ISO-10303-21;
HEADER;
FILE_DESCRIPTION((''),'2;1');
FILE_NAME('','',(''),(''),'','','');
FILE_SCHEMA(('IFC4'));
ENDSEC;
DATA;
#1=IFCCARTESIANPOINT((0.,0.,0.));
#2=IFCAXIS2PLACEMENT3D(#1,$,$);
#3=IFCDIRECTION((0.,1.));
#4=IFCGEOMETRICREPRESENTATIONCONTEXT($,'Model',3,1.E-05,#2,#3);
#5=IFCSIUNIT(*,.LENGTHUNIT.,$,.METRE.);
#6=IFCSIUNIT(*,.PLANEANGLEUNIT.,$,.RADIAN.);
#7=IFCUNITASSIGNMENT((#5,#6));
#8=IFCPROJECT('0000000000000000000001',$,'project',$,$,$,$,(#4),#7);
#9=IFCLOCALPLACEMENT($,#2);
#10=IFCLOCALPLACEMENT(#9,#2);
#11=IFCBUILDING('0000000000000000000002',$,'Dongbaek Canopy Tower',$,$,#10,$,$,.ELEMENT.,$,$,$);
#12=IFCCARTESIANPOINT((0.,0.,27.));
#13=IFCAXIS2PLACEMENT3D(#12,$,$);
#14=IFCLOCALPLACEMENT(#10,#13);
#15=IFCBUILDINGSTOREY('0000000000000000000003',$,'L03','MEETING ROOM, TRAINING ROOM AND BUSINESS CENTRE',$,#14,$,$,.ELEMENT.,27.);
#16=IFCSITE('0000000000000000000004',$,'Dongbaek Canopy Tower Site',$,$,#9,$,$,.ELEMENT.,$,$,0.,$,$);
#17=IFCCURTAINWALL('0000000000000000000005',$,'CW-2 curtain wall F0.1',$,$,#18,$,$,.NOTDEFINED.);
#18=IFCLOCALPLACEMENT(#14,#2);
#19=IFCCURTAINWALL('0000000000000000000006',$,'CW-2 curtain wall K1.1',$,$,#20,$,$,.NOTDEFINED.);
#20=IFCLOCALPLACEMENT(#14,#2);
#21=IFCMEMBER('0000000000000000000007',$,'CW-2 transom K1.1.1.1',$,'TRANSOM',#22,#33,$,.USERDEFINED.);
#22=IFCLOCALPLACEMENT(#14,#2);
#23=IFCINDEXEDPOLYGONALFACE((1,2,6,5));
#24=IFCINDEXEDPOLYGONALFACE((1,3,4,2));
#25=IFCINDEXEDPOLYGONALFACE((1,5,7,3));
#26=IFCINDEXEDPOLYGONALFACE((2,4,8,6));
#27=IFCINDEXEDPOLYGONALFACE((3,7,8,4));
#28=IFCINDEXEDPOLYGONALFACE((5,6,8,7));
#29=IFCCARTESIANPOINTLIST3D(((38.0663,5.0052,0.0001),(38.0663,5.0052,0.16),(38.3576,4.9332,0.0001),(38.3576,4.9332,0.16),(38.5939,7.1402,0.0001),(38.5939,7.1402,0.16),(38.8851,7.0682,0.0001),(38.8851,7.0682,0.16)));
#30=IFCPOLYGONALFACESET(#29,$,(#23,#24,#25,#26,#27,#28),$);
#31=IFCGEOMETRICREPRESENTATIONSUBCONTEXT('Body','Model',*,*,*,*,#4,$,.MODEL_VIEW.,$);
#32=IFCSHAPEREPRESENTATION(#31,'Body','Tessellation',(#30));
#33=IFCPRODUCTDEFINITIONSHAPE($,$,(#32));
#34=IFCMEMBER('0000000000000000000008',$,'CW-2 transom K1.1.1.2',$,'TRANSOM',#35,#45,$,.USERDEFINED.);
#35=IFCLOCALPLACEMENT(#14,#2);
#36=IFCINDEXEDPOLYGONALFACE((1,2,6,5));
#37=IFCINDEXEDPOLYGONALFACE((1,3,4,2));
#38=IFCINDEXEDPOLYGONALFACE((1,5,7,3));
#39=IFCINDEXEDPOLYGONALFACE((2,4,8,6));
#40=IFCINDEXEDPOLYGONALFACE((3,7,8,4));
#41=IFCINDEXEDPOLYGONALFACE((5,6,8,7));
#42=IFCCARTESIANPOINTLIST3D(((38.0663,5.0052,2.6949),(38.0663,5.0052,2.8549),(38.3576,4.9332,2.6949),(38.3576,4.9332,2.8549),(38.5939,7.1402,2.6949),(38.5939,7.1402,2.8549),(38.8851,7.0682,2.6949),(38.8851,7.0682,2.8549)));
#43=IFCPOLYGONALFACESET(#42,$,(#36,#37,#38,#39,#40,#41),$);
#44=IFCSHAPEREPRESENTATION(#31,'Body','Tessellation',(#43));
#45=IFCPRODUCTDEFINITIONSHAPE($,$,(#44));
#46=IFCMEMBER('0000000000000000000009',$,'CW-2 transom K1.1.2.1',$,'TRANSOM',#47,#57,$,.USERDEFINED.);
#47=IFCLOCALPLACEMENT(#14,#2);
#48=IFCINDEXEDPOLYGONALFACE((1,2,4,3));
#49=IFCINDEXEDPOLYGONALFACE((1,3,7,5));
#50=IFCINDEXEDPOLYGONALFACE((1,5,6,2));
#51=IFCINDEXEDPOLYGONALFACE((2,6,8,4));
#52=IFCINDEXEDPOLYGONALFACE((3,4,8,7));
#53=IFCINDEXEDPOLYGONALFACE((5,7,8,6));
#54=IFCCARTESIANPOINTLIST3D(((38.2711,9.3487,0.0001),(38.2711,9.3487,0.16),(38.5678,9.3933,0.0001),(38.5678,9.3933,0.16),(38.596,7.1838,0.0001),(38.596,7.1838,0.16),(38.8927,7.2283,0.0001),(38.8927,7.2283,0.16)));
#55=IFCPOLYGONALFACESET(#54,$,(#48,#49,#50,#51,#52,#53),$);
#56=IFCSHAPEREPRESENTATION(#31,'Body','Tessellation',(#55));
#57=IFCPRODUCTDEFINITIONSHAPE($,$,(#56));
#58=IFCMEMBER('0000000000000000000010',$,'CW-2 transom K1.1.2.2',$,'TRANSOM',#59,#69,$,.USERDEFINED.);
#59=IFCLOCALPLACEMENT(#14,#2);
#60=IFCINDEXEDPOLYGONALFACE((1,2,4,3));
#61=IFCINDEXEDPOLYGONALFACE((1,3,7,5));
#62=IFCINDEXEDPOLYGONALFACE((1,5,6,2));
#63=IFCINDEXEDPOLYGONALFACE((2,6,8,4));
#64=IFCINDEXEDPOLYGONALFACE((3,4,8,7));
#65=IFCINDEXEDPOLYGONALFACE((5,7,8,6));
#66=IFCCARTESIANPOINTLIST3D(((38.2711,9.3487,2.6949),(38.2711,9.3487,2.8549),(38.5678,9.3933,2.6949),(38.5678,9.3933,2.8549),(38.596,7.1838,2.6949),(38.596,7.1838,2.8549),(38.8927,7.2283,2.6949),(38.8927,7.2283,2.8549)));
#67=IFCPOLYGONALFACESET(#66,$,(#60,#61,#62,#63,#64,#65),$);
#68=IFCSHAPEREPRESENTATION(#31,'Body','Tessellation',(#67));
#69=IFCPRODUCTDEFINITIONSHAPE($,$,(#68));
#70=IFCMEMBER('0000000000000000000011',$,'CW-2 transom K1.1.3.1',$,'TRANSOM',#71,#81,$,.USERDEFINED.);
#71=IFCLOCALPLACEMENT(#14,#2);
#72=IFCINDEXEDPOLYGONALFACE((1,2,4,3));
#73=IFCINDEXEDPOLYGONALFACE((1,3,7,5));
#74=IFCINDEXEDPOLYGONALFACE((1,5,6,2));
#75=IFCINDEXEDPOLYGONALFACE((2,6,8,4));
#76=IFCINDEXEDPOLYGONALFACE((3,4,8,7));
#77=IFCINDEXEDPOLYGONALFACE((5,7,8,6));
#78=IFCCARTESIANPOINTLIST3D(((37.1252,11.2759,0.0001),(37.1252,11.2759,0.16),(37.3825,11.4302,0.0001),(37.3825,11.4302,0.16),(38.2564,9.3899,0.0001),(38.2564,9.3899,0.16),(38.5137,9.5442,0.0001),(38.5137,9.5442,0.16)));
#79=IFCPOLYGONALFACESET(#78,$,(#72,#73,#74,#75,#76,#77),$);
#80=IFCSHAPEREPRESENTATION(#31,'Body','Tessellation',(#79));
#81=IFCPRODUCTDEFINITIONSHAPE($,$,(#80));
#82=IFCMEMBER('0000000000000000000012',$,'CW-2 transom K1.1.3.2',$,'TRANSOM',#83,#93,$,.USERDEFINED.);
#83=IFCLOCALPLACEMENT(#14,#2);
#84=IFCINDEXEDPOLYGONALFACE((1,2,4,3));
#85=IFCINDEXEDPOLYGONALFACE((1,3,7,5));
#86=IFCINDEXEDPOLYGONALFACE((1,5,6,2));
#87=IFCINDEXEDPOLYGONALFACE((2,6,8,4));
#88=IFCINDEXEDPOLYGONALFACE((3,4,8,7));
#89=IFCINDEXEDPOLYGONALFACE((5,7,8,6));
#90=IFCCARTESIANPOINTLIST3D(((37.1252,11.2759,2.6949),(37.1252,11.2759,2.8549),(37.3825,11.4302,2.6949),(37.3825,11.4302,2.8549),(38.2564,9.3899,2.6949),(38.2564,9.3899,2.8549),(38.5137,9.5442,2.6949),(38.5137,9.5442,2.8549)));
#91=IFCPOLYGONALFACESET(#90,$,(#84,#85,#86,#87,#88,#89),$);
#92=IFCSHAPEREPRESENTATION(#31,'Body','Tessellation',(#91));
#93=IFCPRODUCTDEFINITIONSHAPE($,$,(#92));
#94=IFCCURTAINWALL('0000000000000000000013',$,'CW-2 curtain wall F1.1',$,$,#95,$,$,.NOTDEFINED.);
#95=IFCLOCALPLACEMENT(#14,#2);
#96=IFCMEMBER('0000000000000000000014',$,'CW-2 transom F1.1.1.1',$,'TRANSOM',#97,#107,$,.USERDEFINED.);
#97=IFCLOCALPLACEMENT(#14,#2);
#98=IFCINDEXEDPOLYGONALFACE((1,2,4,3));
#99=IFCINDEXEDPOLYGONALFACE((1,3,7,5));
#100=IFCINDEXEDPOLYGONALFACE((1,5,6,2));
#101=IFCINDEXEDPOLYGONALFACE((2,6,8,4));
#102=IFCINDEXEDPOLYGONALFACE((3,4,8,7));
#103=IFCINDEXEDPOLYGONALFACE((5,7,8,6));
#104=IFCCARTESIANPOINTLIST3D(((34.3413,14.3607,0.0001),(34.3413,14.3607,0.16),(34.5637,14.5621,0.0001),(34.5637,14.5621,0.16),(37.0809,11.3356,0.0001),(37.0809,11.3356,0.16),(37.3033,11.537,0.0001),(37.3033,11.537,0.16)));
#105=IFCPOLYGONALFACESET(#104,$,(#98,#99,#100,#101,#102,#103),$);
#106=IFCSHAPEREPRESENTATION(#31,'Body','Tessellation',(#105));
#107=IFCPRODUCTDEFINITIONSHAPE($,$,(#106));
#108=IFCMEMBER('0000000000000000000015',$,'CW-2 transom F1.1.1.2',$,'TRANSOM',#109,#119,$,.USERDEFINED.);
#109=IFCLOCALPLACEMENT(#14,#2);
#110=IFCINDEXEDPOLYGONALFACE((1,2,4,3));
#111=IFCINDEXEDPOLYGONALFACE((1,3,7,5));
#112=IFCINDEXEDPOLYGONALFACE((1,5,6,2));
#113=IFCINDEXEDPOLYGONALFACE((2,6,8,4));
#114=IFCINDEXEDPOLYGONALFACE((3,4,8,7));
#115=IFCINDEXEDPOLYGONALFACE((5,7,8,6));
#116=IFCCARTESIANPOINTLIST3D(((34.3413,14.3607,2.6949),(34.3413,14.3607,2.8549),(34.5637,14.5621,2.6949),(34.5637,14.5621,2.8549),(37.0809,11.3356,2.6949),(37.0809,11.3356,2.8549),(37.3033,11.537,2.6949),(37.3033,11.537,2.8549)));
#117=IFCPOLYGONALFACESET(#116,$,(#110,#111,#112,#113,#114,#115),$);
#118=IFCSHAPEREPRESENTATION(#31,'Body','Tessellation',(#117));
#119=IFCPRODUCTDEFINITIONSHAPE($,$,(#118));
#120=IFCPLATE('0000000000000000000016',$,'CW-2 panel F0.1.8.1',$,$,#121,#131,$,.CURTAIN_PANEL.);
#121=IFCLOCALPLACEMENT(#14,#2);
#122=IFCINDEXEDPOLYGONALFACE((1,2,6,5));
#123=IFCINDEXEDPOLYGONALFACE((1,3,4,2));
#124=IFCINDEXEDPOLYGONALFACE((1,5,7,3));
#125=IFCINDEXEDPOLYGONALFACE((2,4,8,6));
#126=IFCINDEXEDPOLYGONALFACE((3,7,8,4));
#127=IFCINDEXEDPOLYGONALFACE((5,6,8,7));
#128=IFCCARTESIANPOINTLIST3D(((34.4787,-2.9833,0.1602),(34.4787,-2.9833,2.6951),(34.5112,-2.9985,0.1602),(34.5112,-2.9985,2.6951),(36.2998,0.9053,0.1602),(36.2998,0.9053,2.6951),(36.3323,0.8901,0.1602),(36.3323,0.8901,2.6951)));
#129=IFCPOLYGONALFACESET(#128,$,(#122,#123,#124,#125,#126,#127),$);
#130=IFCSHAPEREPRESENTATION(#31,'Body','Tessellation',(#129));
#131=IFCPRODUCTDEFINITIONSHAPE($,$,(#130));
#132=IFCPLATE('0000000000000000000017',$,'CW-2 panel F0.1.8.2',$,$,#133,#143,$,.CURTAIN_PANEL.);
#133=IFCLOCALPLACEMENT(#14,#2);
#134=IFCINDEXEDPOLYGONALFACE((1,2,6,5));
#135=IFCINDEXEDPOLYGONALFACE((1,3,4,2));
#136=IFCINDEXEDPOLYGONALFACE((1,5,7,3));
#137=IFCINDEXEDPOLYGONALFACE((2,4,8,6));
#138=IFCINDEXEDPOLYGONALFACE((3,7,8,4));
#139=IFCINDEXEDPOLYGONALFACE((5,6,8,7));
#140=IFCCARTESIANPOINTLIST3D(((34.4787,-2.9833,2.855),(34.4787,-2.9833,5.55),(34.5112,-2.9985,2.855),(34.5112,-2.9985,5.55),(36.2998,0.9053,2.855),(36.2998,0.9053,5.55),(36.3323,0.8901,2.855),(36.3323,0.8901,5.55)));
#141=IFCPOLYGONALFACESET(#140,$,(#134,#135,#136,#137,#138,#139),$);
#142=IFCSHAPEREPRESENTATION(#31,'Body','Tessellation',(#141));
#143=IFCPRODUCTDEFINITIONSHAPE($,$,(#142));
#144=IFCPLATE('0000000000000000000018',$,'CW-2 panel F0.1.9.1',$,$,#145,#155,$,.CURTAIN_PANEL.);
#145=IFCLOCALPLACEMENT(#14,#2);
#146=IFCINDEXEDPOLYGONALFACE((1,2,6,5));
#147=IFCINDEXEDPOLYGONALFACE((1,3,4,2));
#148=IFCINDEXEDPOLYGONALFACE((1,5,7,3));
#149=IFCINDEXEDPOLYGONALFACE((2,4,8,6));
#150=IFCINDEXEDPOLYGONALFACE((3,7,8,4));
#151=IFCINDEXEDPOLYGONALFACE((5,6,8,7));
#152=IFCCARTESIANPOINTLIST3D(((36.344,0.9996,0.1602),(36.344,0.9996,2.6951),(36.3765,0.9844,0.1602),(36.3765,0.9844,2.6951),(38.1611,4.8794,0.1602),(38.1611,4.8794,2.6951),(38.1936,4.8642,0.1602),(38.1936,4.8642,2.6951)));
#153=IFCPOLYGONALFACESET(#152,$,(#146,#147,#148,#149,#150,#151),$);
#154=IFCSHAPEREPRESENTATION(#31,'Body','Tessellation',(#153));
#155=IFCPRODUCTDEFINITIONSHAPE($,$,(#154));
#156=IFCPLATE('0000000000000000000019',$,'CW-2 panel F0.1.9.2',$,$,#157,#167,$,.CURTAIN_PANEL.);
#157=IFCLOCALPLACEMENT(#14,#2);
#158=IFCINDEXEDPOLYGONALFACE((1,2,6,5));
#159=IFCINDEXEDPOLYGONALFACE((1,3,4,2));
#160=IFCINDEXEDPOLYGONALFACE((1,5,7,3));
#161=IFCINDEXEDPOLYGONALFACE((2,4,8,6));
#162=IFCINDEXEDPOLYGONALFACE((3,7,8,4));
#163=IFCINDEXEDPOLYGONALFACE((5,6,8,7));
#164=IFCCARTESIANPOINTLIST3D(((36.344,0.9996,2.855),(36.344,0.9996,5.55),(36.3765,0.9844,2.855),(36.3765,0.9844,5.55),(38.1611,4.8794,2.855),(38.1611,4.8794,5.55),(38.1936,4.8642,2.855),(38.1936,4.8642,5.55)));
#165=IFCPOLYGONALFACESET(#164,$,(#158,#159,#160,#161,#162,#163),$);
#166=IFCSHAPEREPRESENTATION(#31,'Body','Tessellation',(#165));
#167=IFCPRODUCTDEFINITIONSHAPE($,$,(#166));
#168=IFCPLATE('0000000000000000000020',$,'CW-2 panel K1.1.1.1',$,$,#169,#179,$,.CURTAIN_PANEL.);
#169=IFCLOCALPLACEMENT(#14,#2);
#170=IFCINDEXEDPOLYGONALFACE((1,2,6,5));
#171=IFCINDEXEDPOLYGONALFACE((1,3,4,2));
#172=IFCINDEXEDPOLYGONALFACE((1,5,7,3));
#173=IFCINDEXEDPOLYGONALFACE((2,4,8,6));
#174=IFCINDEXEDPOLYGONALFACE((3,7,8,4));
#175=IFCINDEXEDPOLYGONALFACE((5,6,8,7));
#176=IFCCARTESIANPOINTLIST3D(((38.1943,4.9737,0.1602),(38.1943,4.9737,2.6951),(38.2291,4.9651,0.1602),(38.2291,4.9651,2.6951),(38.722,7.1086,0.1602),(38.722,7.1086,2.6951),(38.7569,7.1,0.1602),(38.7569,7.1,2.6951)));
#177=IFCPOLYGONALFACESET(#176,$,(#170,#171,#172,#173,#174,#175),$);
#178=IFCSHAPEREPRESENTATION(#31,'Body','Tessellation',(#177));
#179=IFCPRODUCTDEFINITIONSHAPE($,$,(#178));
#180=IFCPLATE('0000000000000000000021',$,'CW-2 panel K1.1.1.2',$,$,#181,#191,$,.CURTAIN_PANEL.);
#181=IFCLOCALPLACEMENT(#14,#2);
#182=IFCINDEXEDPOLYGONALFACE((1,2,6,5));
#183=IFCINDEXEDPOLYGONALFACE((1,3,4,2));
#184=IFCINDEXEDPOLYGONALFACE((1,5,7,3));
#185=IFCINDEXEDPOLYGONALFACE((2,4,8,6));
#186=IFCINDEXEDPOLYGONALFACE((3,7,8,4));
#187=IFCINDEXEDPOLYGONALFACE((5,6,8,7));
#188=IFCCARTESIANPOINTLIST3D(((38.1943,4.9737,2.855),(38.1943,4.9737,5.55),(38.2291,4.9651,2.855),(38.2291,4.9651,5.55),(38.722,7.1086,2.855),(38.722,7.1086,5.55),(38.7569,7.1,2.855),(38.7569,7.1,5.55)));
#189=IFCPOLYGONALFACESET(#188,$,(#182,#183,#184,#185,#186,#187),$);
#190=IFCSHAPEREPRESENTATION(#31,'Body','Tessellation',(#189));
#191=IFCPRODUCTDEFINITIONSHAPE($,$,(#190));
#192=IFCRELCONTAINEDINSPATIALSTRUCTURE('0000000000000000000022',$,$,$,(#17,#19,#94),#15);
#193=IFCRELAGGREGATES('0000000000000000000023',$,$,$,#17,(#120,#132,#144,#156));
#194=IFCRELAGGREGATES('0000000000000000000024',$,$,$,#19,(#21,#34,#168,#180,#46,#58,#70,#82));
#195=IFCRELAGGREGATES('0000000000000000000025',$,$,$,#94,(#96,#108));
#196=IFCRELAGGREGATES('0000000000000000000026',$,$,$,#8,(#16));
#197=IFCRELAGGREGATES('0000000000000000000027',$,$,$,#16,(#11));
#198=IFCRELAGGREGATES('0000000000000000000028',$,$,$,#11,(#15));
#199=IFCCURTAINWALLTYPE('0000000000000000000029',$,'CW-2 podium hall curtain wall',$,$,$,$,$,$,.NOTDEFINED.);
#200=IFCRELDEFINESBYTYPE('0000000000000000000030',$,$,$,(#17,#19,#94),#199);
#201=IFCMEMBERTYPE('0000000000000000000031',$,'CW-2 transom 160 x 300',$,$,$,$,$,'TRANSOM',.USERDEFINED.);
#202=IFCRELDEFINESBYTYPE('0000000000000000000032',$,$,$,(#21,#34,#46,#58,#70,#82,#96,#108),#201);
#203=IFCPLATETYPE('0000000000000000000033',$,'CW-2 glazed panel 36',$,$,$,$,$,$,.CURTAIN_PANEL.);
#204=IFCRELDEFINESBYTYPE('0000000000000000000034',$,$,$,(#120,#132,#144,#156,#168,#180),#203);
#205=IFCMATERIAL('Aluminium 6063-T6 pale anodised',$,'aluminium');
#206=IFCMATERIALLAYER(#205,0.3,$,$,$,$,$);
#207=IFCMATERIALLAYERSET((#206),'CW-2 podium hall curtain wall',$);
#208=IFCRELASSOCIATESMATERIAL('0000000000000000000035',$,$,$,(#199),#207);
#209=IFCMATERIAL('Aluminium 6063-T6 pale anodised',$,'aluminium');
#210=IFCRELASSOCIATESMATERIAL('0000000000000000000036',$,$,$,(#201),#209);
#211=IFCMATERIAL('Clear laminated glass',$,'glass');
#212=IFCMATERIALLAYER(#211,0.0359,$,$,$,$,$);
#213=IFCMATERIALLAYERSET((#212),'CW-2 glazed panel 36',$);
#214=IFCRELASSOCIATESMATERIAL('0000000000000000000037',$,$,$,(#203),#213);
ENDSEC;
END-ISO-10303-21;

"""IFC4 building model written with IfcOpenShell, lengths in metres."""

from ifc_helpers import new_model, si_unit, direction, frame, origin, origin_2d, place, context, subcontext, project, spatial, rectangle, extrude, material, layer, layer_set, material_profile, profile_set, type_object, element, aggregate, save


model = new_model("IFC4")

# Units and contexts
model_context = context("Model", 3, precision=1e-05, world=origin(), true_north=direction((0.0, 1.0)))
body_context = subcontext(model_context, "Body", "Model", "MODEL_VIEW")
ifc_project = project(units=[si_unit("LENGTHUNIT", "METRE"), si_unit("PLANEANGLEUNIT", "RADIAN")], contexts=[model_context])

# Site, building, storey
site_placement = place(None, origin())
site = spatial("IfcSite", under=ifc_project, at=site_placement, Name="Dongbaek Canopy Tower Site", CompositionType="ELEMENT", RefElevation=0.0)
building_placement = place(site_placement, origin())
building = spatial("IfcBuilding", under=site, at=building_placement, Name="Dongbaek Canopy Tower", CompositionType="ELEMENT")
storey_placement = place(building_placement, frame((0.0, 0.0, 27.0)))
storey = spatial("IfcBuildingStorey", under=building, at=storey_placement, Name="L03", Description="MEETING ROOM, TRAINING ROOM AND BUSINESS CENTRE", CompositionType="ELEMENT", Elevation=27.0)

# Curtain walls
ifc_material_1 = material(Name="Aluminium 6063-T6 pale anodised", Category="aluminium")
ifc_layer_1 = layer(ifc_material_1, 0.3)
ifc_layer_set_1 = layer_set([ifc_layer_1], Name="CW-2 podium hall curtain wall")
curtain_wall_type = type_object("IfcCurtainWallType", Name="CW-2 podium hall curtain wall", PredefinedType="NOTDEFINED", material=ifc_layer_set_1)
curtain_wall_1_placement = place(storey_placement, origin())
curtain_wall_1 = element("IfcCurtainWall", 1, at=curtain_wall_1_placement, inside=storey, type_object=curtain_wall_type, Name="CW-2 curtain wall F0.1", PredefinedType="NOTDEFINED")
curtain_wall_2_placement = place(storey_placement, origin())
curtain_wall_2 = element("IfcCurtainWall", 2, at=curtain_wall_2_placement, inside=storey, type_object=curtain_wall_type, Name="CW-2 curtain wall K1.1", PredefinedType="NOTDEFINED")

# Members
ifc_material_2 = material(Name="Aluminium 6063-T6 pale anodised", Category="aluminium")
ifc_material_profile_1 = material_profile(ifc_material_2, rectangle(XDim=0.3, YDim=0.1599, at=origin_2d()), Name="CW-2 transom 160 x 300")
ifc_profile_set_1 = profile_set([ifc_material_profile_1], Name="Aluminium 6063-T6 pale anodised")
member_type_1 = type_object("IfcMemberType", Name="CW-2 transom 160 x 300", ElementType="TRANSOM", PredefinedType="USERDEFINED", material=ifc_profile_set_1)
member_1_placement = place(storey_placement, frame((38.2119, 4.9692, 0.0801), z_axis=(0.239897, 0.970798, 0.0), x_axis=(-0.970798, 0.239897, 0.0)))
member_1 = element("IfcMember", 3, at=member_1_placement, type_object=member_type_1, Name="CW-2 transom K1.1.1.1", ObjectType="TRANSOM", PredefinedType="USERDEFINED", context=body_context, shape_type="SweptSolid", body=[
    extrude(rectangle(XDim=0.3, YDim=0.1599, at=origin_2d()), origin(), (0.0, 0.0, 1.0), 2.1992),
])
member_2_placement = place(storey_placement, frame((38.2119, 4.9692, 2.7749), z_axis=(0.239897, 0.970798, 0.0), x_axis=(-0.970798, 0.239897, 0.0)))
member_2 = element("IfcMember", 4, at=member_2_placement, type_object=member_type_1, Name="CW-2 transom K1.1.1.2", ObjectType="TRANSOM", PredefinedType="USERDEFINED", context=body_context, shape_type="SweptSolid", body=[
    extrude(rectangle(XDim=0.3, YDim=0.1599, at=origin_2d()), origin(), (0.0, 0.0, 1.0), 2.1992),
])
member_3_placement = place(storey_placement, frame((38.7444, 7.2061, 0.0801), z_axis=(-0.148428, 0.988923, 0.0), x_axis=(-0.988923, -0.148428, 0.0)))
member_3 = element("IfcMember", 5, at=member_3_placement, type_object=member_type_1, Name="CW-2 transom K1.1.2.1", ObjectType="TRANSOM", PredefinedType="USERDEFINED", context=body_context, shape_type="SweptSolid", body=[
    extrude(rectangle(XDim=0.3, YDim=0.1599, at=origin_2d()), origin(), (0.0, 0.0, 1.0), 2.1892),
])
member_4_placement = place(storey_placement, frame((38.7444, 7.2061, 2.7749), z_axis=(-0.148428, 0.988923, 0.0), x_axis=(-0.988923, -0.148428, 0.0)))
member_4 = element("IfcMember", 6, at=member_4_placement, type_object=member_type_1, Name="CW-2 transom K1.1.2.2", ObjectType="TRANSOM", PredefinedType="USERDEFINED", context=body_context, shape_type="SweptSolid", body=[
    extrude(rectangle(XDim=0.3, YDim=0.1599, at=origin_2d()), origin(), (0.0, 0.0, 1.0), 2.1892),
])
member_5_placement = place(storey_placement, frame((38.385, 9.467, 0.0801), z_axis=(-0.514332, 0.857591, 0.0), x_axis=(-0.857591, -0.514332, 0.0)))
member_5 = element("IfcMember", 7, at=member_5_placement, type_object=member_type_1, Name="CW-2 transom K1.1.3.1", ObjectType="TRANSOM", PredefinedType="USERDEFINED", context=body_context, shape_type="SweptSolid", body=[
    extrude(rectangle(XDim=0.3, YDim=0.1599, at=origin_2d()), origin(), (0.0, 0.0, 1.0), 2.1992),
])
member_6_placement = place(storey_placement, frame((38.385, 9.467, 2.7749), z_axis=(-0.514332, 0.857591, 0.0), x_axis=(-0.857591, -0.514332, 0.0)))
member_6 = element("IfcMember", 8, at=member_6_placement, type_object=member_type_1, Name="CW-2 transom K1.1.3.2", ObjectType="TRANSOM", PredefinedType="USERDEFINED", context=body_context, shape_type="SweptSolid", body=[
    extrude(rectangle(XDim=0.3, YDim=0.1599, at=origin_2d()), origin(), (0.0, 0.0, 1.0), 2.1992),
])

# Curtain wall, members
curtain_wall_3_placement = place(storey_placement, origin())
curtain_wall_3 = element("IfcCurtainWall", 9, at=curtain_wall_3_placement, inside=storey, type_object=curtain_wall_type, Name="CW-2 curtain wall F1.1", PredefinedType="NOTDEFINED")
member_7_placement = place(storey_placement, frame((37.1921, 11.4363, 0.0801), z_axis=(-0.671278, 0.741205, 0.0), x_axis=(-0.741205, -0.671278, 0.0)))
member_7 = element("IfcMember", 10, at=member_7_placement, type_object=member_type_1, Name="CW-2 transom F1.1.1.1", ObjectType="TRANSOM", PredefinedType="USERDEFINED", context=body_context, shape_type="SweptSolid", body=[
    extrude(rectangle(XDim=0.3, YDim=0.1599, at=origin_2d()), origin(), (0.0, 0.0, 1.0), 4.0813),
])
member_8_placement = place(storey_placement, frame((37.1921, 11.4363, 2.7749), z_axis=(-0.671278, 0.741205, 0.0), x_axis=(-0.741205, -0.671278, 0.0)))
member_8 = element("IfcMember", 11, at=member_8_placement, type_object=member_type_1, Name="CW-2 transom F1.1.1.2", ObjectType="TRANSOM", PredefinedType="USERDEFINED", context=body_context, shape_type="SweptSolid", body=[
    extrude(rectangle(XDim=0.3, YDim=0.1599, at=origin_2d()), origin(), (0.0, 0.0, 1.0), 4.0813),
])

# Plates
ifc_material_3 = material(Name="Clear laminated glass", Category="glass")
ifc_layer_2 = layer(ifc_material_3, 0.0359)
ifc_layer_set_2 = layer_set([ifc_layer_2], Name="CW-2 glazed panel 36")
plate_type = type_object("IfcPlateType", Name="CW-2 glazed panel 36", PredefinedType="CURTAIN_PANEL", material=ifc_layer_set_2)
plate_1_placement = place(storey_placement, frame((35.4055, -1.0466, 0.1602), z_axis=(0.0, 0.0, 1.0), x_axis=(0.424123, 0.905605, 0.0)))
plate_1 = element("IfcPlate", 12, at=plate_1_placement, type_object=plate_type, Name="CW-2 panel F0.1.8.1", PredefinedType="CURTAIN_PANEL", context=body_context, shape_type="SweptSolid", body=[
    extrude(rectangle(XDim=4.2939, YDim=0.0359, at=origin_2d()), origin(), (0.0, 0.0, 1.0), 2.5349),
])
plate_2_placement = place(storey_placement, frame((35.4055, -1.0466, 2.855), z_axis=(0.0, 0.0, 1.0), x_axis=(0.424123, 0.905605, 0.0)))
plate_2 = element("IfcPlate", 13, at=plate_2_placement, type_object=plate_type, Name="CW-2 panel F0.1.8.2", PredefinedType="CURTAIN_PANEL", context=body_context, shape_type="SweptSolid", body=[
    extrude(rectangle(XDim=4.2939, YDim=0.0359, at=origin_2d()), origin(), (0.0, 0.0, 1.0), 2.6951),
])
plate_3_placement = place(storey_placement, frame((37.2688, 2.9319, 0.1602), z_axis=(0.0, 0.0, 1.0), x_axis=(0.424123, 0.905605, 0.0)))
plate_3 = element("IfcPlate", 14, at=plate_3_placement, type_object=plate_type, Name="CW-2 panel F0.1.9.1", PredefinedType="CURTAIN_PANEL", context=body_context, shape_type="SweptSolid", body=[
    extrude(rectangle(XDim=4.2842, YDim=0.0359, at=origin_2d()), origin(), (0.0, 0.0, 1.0), 2.5349),
])
plate_4_placement = place(storey_placement, frame((37.2688, 2.9319, 2.855), z_axis=(0.0, 0.0, 1.0), x_axis=(0.424123, 0.905605, 0.0)))
plate_4 = element("IfcPlate", 15, at=plate_4_placement, type_object=plate_type, Name="CW-2 panel F0.1.9.2", PredefinedType="CURTAIN_PANEL", context=body_context, shape_type="SweptSolid", body=[
    extrude(rectangle(XDim=4.2842, YDim=0.0359, at=origin_2d()), origin(), (0.0, 0.0, 1.0), 2.6951),
])
aggregate(curtain_wall_1, [plate_1, plate_2, plate_3, plate_4])
plate_5_placement = place(storey_placement, frame((38.4756, 6.0369, 0.1602), z_axis=(0.0, 0.0, 1.0), x_axis=(0.239978, 0.970778, 0.0)))
plate_5 = element("IfcPlate", 16, at=plate_5_placement, type_object=plate_type, Name="CW-2 panel K1.1.1.1", PredefinedType="CURTAIN_PANEL", context=body_context, shape_type="SweptSolid", body=[
    extrude(rectangle(XDim=2.1992, YDim=0.0359, at=origin_2d()), origin(), (0.0, 0.0, 1.0), 2.5349),
])
plate_6_placement = place(storey_placement, frame((38.4756, 6.0369, 2.855), z_axis=(0.0, 0.0, 1.0), x_axis=(0.239978, 0.970778, 0.0)))
plate_6 = element("IfcPlate", 17, at=plate_6_placement, type_object=plate_type, Name="CW-2 panel K1.1.1.2", PredefinedType="CURTAIN_PANEL", context=body_context, shape_type="SweptSolid", body=[
    extrude(rectangle(XDim=2.1992, YDim=0.0359, at=origin_2d()), origin(), (0.0, 0.0, 1.0), 2.6951),
])
aggregate(curtain_wall_2, [member_1, member_2, plate_5, plate_6, member_3, member_4, member_5, member_6])
aggregate(curtain_wall_3, [member_7, member_8])

save(model, "model.ifc")
